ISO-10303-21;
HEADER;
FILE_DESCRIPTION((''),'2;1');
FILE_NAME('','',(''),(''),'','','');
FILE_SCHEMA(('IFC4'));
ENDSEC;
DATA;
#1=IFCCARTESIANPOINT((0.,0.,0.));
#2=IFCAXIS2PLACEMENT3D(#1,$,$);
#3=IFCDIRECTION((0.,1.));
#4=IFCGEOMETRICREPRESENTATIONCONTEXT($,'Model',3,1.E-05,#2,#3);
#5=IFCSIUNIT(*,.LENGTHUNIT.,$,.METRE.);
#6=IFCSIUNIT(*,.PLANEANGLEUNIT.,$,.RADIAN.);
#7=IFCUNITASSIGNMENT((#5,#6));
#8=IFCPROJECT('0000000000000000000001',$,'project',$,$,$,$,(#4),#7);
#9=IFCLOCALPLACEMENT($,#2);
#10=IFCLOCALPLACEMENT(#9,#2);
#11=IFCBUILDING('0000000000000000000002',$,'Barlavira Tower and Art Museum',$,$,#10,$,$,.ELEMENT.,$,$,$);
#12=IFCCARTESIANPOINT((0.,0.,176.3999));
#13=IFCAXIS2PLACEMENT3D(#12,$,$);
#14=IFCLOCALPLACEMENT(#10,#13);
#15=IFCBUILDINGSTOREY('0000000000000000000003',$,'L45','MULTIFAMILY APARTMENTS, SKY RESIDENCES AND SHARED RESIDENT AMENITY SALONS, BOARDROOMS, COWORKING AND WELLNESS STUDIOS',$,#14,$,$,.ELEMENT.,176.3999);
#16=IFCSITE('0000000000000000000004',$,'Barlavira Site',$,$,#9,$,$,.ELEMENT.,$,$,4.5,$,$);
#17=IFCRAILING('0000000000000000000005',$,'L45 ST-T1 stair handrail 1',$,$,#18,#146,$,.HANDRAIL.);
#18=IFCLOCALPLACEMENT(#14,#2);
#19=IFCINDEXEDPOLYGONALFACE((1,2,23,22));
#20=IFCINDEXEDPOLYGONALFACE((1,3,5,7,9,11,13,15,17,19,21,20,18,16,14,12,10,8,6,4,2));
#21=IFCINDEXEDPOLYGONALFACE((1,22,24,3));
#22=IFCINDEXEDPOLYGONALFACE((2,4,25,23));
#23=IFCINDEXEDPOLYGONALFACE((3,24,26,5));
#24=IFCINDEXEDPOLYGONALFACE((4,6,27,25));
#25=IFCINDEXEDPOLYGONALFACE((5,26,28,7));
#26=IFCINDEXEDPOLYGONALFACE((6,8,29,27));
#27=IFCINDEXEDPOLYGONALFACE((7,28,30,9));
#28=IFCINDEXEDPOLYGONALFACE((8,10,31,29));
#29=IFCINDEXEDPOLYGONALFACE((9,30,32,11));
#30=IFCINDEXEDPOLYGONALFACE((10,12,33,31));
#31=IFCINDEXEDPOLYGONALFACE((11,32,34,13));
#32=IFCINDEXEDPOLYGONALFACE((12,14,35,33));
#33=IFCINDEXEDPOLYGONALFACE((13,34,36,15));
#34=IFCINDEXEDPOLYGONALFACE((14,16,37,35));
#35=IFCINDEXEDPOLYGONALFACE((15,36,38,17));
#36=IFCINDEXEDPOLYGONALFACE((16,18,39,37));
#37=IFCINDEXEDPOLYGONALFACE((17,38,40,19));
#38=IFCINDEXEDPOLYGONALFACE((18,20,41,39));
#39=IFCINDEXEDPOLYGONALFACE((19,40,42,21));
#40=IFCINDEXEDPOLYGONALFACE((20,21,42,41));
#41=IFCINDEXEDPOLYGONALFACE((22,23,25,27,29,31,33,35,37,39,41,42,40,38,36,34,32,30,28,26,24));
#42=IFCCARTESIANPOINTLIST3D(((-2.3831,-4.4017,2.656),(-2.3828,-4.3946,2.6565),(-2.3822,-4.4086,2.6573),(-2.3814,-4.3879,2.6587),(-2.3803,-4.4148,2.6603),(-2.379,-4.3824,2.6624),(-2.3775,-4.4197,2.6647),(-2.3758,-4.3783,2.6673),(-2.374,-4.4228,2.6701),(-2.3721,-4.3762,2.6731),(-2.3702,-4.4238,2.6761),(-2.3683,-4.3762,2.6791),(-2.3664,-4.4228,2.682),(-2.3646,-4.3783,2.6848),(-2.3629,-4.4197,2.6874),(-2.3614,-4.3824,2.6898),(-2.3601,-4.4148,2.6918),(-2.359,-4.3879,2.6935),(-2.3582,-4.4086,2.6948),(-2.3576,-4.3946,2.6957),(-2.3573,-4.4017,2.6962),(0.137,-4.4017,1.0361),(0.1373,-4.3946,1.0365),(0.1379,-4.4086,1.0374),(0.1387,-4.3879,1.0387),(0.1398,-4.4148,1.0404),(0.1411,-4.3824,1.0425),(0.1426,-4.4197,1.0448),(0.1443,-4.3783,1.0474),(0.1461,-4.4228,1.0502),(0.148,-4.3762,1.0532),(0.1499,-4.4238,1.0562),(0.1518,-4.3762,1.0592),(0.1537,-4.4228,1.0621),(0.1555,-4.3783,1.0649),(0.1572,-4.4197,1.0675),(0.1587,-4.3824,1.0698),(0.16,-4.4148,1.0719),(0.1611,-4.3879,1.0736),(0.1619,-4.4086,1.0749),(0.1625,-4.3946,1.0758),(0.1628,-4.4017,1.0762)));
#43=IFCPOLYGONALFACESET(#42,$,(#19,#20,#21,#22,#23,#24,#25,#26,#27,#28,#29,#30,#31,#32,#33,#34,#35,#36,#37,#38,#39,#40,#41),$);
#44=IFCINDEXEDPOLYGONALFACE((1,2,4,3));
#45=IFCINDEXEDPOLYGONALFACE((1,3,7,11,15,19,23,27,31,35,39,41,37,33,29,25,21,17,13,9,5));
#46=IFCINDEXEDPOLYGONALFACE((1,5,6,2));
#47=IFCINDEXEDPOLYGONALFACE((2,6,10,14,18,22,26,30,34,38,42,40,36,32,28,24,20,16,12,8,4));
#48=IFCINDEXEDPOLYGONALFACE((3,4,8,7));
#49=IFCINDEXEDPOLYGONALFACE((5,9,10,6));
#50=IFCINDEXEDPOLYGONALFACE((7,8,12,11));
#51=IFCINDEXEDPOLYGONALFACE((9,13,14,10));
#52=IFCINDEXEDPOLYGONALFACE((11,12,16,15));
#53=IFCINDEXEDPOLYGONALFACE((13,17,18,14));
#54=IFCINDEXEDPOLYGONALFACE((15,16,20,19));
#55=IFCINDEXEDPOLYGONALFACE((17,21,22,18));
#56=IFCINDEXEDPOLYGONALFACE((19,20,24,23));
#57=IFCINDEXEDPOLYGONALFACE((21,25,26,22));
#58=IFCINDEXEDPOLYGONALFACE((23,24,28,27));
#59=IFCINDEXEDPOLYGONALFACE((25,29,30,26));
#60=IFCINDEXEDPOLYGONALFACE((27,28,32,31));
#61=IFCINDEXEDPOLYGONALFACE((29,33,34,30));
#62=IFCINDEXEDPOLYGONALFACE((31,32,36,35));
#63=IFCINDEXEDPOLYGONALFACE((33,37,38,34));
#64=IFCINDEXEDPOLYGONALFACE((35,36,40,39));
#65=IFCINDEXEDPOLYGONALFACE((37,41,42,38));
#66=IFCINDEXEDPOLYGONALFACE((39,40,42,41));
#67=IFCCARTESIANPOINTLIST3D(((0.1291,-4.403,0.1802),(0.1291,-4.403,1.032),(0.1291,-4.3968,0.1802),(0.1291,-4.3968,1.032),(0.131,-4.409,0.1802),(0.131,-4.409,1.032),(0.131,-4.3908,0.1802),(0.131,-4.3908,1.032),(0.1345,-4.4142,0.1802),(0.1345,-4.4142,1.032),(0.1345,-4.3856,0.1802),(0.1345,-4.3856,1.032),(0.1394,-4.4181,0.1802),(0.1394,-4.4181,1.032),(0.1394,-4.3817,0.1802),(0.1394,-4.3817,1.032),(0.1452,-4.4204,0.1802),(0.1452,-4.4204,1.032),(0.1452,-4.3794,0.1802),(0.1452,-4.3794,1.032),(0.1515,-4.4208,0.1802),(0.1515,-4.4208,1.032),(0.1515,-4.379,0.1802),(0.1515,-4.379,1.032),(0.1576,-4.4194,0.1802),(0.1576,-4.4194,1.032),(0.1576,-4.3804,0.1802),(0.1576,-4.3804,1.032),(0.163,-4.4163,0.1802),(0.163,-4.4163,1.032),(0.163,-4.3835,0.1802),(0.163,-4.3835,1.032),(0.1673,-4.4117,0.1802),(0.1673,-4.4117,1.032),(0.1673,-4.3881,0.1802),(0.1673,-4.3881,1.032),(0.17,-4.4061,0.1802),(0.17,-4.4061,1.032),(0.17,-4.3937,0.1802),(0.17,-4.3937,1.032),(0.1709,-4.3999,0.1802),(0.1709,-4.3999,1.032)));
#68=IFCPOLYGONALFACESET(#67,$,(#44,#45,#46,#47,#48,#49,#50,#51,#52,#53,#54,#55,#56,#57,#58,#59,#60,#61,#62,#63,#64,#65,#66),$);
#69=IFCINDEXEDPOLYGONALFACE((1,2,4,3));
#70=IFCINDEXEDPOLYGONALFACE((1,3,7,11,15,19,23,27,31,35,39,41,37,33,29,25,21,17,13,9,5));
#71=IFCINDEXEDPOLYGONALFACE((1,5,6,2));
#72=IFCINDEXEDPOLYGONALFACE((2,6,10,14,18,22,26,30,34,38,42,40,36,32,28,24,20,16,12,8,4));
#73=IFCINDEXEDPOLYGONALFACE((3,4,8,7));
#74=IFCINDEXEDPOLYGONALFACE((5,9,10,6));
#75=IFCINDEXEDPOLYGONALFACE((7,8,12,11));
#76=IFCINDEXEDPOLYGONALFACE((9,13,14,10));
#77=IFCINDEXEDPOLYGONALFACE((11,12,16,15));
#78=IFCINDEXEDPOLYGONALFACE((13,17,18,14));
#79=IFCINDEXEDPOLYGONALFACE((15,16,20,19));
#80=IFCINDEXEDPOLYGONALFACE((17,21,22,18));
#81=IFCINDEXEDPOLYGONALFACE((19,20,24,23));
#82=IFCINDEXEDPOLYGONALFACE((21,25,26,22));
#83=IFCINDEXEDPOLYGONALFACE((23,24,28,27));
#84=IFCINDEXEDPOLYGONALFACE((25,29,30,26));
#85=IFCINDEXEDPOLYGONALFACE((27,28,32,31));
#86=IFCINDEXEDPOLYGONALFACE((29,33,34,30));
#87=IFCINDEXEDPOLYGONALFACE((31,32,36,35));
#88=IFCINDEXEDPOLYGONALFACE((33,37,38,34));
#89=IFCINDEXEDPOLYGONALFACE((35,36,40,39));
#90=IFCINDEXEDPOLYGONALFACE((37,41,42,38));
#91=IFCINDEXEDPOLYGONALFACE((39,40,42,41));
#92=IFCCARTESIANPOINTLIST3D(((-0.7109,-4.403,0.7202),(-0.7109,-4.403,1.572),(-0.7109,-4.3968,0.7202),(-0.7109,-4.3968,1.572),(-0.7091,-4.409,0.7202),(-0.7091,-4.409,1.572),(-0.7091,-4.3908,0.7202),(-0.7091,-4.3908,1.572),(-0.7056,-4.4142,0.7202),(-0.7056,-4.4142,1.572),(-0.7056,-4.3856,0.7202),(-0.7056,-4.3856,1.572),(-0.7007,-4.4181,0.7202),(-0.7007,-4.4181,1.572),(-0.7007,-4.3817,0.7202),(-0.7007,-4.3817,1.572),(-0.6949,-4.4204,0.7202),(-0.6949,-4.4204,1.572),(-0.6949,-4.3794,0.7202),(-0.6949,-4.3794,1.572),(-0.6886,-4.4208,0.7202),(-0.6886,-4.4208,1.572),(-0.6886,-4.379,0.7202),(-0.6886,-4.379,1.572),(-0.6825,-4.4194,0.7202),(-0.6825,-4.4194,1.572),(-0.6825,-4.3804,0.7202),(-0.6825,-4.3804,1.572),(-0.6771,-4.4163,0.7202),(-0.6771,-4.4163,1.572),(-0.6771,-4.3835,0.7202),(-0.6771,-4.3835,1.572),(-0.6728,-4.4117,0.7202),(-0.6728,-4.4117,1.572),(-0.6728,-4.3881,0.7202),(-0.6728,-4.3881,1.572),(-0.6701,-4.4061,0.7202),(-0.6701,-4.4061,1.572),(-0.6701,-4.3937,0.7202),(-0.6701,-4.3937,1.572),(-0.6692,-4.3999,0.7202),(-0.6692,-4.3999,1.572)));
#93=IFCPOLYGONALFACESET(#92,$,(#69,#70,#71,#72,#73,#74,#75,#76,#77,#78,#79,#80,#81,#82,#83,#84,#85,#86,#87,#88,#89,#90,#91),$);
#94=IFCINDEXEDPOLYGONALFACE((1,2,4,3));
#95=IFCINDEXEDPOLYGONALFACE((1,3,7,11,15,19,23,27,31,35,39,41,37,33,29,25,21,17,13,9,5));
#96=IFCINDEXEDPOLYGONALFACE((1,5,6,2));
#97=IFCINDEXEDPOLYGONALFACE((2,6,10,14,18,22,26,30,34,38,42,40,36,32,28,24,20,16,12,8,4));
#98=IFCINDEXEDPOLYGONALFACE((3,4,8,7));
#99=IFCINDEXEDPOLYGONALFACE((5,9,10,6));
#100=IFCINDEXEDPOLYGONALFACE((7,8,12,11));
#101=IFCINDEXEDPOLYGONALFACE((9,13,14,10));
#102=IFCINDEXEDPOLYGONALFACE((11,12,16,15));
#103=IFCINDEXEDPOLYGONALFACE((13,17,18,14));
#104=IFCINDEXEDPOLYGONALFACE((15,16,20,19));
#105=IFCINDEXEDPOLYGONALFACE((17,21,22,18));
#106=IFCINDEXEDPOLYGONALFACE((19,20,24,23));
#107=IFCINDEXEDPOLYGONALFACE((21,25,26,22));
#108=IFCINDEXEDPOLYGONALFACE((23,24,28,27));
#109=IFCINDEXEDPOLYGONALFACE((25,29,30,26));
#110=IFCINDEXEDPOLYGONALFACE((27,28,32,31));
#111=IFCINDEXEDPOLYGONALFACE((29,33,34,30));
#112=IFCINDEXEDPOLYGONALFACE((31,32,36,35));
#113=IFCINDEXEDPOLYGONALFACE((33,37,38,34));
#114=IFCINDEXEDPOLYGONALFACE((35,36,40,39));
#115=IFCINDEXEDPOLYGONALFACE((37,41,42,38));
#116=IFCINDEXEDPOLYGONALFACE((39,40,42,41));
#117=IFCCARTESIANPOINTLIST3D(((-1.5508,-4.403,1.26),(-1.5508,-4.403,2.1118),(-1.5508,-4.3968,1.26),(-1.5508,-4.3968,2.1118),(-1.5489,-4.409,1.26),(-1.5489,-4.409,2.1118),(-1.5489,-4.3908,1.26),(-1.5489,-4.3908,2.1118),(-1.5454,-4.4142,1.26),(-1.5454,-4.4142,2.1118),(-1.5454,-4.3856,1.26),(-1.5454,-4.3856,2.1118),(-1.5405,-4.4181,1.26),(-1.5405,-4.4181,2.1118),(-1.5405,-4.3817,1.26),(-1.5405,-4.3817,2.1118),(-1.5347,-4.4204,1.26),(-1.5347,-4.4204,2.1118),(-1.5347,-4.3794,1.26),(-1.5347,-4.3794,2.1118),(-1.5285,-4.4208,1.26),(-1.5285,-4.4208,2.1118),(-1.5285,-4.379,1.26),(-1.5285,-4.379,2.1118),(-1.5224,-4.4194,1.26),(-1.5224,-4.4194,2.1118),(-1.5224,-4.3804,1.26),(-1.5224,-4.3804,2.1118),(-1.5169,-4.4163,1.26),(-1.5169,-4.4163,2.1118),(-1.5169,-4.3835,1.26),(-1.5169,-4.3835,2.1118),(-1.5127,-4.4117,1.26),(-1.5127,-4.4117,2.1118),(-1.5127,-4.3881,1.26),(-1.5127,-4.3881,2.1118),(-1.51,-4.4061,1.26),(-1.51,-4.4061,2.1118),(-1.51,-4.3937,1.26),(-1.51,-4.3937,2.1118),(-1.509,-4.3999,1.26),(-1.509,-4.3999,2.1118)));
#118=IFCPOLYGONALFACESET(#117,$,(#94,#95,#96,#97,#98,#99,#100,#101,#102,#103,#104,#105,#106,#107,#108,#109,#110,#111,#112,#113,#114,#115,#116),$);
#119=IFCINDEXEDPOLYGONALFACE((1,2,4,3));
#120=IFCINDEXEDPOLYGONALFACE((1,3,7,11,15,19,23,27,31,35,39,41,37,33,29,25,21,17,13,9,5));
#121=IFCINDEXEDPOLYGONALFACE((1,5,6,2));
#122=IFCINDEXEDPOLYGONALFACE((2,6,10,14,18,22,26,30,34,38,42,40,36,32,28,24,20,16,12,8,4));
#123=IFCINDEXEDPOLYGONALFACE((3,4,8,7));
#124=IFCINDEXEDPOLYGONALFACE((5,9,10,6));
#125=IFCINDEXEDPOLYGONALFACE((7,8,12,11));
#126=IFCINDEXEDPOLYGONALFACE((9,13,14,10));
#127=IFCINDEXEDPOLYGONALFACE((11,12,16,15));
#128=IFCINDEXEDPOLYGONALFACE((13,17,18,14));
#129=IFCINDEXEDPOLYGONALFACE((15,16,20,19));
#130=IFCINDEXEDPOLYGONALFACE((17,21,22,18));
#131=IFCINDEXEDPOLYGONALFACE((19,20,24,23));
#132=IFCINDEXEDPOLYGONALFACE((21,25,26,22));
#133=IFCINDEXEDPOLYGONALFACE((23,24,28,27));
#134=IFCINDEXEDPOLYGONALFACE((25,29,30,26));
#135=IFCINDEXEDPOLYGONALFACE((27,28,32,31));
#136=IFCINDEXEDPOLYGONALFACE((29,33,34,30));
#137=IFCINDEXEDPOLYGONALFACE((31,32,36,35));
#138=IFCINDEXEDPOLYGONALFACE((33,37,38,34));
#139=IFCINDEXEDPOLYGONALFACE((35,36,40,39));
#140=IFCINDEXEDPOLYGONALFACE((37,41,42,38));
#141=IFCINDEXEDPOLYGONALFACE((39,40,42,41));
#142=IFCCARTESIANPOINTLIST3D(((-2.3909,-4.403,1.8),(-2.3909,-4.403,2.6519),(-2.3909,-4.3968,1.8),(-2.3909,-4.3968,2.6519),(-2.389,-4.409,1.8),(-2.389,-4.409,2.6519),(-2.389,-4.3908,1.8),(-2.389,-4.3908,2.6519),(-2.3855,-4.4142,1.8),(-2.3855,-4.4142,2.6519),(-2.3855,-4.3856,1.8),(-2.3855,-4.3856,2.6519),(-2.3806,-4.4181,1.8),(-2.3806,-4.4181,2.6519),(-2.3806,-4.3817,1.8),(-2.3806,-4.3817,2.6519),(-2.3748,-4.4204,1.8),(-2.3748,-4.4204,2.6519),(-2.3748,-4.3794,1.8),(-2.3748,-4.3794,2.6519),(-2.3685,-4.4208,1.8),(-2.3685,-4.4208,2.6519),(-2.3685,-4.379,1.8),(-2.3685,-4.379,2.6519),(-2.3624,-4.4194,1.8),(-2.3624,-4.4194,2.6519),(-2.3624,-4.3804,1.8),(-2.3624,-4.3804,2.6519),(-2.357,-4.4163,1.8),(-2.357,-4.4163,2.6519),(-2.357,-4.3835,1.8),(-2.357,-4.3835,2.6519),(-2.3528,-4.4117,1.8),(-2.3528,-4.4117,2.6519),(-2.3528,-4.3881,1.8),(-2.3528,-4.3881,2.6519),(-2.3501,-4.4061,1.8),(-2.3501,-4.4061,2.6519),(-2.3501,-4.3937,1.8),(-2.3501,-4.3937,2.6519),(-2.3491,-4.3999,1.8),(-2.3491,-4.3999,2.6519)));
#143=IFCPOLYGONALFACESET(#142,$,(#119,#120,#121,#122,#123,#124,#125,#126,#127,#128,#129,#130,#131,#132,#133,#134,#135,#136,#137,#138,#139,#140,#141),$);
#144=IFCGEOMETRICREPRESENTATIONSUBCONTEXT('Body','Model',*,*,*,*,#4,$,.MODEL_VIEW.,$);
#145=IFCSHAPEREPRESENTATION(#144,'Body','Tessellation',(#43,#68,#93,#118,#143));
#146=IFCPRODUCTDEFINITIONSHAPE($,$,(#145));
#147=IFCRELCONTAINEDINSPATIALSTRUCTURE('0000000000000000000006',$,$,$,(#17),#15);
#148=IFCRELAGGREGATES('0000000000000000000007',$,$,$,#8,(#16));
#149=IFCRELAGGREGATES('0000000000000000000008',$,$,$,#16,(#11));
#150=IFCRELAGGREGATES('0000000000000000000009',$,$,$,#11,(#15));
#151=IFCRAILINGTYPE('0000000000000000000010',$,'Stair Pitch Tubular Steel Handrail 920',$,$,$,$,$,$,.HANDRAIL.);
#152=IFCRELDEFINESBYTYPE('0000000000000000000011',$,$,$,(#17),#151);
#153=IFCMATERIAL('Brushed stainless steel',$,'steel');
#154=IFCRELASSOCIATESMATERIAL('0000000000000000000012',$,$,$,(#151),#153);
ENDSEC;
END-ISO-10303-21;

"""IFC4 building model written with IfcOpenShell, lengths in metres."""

from ifc_helpers import new_model, si_unit, direction, frame, origin, origin_2d, place, context, subcontext, project, spatial, circle, extrude, material, type_object, element, save


model = new_model("IFC4")

# Units and contexts
model_context = context("Model", 3, precision=1e-05, world=origin(), true_north=direction((0.0, 1.0)))
body_context = subcontext(model_context, "Body", "Model", "MODEL_VIEW")
ifc_project = project(units=[si_unit("LENGTHUNIT", "METRE"), si_unit("PLANEANGLEUNIT", "RADIAN")], contexts=[model_context])

# Site, building, storey
site_placement = place(None, origin())
site = spatial("IfcSite", under=ifc_project, at=site_placement, Name="Barlavira Site", CompositionType="ELEMENT", RefElevation=4.5)
building_placement = place(site_placement, origin())
building = spatial("IfcBuilding", under=site, at=building_placement, Name="Barlavira Tower and Art Museum", CompositionType="ELEMENT")
storey_placement = place(building_placement, frame((0.0, 0.0, 176.3999)))
storey = spatial("IfcBuildingStorey", under=building, at=storey_placement, Name="L45", Description="MULTIFAMILY APARTMENTS, SKY RESIDENCES AND SHARED RESIDENT AMENITY SALONS, BOARDROOMS, COWORKING AND WELLNESS STUDIOS", CompositionType="ELEMENT", Elevation=176.3999)

# Shared definitions
ifc_material_1 = material(Name="Brushed stainless steel", Category="steel")

# Railing
railing_type_1 = type_object("IfcRailingType", Name="Stair Pitch Tubular Steel Handrail 920", PredefinedType="HANDRAIL", material=ifc_material_1)
railing_1_placement = place(storey_placement, frame((0.1499, -4.3999, 0.1802)))
element("IfcRailing", 1, at=railing_1_placement, inside=storey, type_object=railing_type_1, Name="L45 ST-T1 stair handrail 1", PredefinedType="HANDRAIL", context=body_context, shape_type="SweptSolid", body=[
    extrude(circle(Radius=0.0239, at=origin_2d()), frame((0.0, 0.0, 0.876), z_axis=(-0.8412, 0.0, 0.540725), x_axis=(0.0, -1.0, 0.0)), (0.0, 0.0, 1.0), 2.9958),
    extrude(circle(Radius=0.021, at=origin_2d()), origin(), (0.0, 0.0, 1.0), 0.8518),
    extrude(circle(Radius=0.021, at=origin_2d()), frame((-0.8401, 0.0, 0.54)), (0.0, 0.0, 1.0), 0.8518),
    extrude(circle(Radius=0.021, at=origin_2d()), frame((-1.6799, 0.0, 1.0798)), (0.0, 0.0, 1.0), 0.8518),
    extrude(circle(Radius=0.021, at=origin_2d()), frame((-2.52, 0.0, 1.6199)), (0.0, 0.0, 1.0), 0.8518),
])

save(model, "model.ifc")
